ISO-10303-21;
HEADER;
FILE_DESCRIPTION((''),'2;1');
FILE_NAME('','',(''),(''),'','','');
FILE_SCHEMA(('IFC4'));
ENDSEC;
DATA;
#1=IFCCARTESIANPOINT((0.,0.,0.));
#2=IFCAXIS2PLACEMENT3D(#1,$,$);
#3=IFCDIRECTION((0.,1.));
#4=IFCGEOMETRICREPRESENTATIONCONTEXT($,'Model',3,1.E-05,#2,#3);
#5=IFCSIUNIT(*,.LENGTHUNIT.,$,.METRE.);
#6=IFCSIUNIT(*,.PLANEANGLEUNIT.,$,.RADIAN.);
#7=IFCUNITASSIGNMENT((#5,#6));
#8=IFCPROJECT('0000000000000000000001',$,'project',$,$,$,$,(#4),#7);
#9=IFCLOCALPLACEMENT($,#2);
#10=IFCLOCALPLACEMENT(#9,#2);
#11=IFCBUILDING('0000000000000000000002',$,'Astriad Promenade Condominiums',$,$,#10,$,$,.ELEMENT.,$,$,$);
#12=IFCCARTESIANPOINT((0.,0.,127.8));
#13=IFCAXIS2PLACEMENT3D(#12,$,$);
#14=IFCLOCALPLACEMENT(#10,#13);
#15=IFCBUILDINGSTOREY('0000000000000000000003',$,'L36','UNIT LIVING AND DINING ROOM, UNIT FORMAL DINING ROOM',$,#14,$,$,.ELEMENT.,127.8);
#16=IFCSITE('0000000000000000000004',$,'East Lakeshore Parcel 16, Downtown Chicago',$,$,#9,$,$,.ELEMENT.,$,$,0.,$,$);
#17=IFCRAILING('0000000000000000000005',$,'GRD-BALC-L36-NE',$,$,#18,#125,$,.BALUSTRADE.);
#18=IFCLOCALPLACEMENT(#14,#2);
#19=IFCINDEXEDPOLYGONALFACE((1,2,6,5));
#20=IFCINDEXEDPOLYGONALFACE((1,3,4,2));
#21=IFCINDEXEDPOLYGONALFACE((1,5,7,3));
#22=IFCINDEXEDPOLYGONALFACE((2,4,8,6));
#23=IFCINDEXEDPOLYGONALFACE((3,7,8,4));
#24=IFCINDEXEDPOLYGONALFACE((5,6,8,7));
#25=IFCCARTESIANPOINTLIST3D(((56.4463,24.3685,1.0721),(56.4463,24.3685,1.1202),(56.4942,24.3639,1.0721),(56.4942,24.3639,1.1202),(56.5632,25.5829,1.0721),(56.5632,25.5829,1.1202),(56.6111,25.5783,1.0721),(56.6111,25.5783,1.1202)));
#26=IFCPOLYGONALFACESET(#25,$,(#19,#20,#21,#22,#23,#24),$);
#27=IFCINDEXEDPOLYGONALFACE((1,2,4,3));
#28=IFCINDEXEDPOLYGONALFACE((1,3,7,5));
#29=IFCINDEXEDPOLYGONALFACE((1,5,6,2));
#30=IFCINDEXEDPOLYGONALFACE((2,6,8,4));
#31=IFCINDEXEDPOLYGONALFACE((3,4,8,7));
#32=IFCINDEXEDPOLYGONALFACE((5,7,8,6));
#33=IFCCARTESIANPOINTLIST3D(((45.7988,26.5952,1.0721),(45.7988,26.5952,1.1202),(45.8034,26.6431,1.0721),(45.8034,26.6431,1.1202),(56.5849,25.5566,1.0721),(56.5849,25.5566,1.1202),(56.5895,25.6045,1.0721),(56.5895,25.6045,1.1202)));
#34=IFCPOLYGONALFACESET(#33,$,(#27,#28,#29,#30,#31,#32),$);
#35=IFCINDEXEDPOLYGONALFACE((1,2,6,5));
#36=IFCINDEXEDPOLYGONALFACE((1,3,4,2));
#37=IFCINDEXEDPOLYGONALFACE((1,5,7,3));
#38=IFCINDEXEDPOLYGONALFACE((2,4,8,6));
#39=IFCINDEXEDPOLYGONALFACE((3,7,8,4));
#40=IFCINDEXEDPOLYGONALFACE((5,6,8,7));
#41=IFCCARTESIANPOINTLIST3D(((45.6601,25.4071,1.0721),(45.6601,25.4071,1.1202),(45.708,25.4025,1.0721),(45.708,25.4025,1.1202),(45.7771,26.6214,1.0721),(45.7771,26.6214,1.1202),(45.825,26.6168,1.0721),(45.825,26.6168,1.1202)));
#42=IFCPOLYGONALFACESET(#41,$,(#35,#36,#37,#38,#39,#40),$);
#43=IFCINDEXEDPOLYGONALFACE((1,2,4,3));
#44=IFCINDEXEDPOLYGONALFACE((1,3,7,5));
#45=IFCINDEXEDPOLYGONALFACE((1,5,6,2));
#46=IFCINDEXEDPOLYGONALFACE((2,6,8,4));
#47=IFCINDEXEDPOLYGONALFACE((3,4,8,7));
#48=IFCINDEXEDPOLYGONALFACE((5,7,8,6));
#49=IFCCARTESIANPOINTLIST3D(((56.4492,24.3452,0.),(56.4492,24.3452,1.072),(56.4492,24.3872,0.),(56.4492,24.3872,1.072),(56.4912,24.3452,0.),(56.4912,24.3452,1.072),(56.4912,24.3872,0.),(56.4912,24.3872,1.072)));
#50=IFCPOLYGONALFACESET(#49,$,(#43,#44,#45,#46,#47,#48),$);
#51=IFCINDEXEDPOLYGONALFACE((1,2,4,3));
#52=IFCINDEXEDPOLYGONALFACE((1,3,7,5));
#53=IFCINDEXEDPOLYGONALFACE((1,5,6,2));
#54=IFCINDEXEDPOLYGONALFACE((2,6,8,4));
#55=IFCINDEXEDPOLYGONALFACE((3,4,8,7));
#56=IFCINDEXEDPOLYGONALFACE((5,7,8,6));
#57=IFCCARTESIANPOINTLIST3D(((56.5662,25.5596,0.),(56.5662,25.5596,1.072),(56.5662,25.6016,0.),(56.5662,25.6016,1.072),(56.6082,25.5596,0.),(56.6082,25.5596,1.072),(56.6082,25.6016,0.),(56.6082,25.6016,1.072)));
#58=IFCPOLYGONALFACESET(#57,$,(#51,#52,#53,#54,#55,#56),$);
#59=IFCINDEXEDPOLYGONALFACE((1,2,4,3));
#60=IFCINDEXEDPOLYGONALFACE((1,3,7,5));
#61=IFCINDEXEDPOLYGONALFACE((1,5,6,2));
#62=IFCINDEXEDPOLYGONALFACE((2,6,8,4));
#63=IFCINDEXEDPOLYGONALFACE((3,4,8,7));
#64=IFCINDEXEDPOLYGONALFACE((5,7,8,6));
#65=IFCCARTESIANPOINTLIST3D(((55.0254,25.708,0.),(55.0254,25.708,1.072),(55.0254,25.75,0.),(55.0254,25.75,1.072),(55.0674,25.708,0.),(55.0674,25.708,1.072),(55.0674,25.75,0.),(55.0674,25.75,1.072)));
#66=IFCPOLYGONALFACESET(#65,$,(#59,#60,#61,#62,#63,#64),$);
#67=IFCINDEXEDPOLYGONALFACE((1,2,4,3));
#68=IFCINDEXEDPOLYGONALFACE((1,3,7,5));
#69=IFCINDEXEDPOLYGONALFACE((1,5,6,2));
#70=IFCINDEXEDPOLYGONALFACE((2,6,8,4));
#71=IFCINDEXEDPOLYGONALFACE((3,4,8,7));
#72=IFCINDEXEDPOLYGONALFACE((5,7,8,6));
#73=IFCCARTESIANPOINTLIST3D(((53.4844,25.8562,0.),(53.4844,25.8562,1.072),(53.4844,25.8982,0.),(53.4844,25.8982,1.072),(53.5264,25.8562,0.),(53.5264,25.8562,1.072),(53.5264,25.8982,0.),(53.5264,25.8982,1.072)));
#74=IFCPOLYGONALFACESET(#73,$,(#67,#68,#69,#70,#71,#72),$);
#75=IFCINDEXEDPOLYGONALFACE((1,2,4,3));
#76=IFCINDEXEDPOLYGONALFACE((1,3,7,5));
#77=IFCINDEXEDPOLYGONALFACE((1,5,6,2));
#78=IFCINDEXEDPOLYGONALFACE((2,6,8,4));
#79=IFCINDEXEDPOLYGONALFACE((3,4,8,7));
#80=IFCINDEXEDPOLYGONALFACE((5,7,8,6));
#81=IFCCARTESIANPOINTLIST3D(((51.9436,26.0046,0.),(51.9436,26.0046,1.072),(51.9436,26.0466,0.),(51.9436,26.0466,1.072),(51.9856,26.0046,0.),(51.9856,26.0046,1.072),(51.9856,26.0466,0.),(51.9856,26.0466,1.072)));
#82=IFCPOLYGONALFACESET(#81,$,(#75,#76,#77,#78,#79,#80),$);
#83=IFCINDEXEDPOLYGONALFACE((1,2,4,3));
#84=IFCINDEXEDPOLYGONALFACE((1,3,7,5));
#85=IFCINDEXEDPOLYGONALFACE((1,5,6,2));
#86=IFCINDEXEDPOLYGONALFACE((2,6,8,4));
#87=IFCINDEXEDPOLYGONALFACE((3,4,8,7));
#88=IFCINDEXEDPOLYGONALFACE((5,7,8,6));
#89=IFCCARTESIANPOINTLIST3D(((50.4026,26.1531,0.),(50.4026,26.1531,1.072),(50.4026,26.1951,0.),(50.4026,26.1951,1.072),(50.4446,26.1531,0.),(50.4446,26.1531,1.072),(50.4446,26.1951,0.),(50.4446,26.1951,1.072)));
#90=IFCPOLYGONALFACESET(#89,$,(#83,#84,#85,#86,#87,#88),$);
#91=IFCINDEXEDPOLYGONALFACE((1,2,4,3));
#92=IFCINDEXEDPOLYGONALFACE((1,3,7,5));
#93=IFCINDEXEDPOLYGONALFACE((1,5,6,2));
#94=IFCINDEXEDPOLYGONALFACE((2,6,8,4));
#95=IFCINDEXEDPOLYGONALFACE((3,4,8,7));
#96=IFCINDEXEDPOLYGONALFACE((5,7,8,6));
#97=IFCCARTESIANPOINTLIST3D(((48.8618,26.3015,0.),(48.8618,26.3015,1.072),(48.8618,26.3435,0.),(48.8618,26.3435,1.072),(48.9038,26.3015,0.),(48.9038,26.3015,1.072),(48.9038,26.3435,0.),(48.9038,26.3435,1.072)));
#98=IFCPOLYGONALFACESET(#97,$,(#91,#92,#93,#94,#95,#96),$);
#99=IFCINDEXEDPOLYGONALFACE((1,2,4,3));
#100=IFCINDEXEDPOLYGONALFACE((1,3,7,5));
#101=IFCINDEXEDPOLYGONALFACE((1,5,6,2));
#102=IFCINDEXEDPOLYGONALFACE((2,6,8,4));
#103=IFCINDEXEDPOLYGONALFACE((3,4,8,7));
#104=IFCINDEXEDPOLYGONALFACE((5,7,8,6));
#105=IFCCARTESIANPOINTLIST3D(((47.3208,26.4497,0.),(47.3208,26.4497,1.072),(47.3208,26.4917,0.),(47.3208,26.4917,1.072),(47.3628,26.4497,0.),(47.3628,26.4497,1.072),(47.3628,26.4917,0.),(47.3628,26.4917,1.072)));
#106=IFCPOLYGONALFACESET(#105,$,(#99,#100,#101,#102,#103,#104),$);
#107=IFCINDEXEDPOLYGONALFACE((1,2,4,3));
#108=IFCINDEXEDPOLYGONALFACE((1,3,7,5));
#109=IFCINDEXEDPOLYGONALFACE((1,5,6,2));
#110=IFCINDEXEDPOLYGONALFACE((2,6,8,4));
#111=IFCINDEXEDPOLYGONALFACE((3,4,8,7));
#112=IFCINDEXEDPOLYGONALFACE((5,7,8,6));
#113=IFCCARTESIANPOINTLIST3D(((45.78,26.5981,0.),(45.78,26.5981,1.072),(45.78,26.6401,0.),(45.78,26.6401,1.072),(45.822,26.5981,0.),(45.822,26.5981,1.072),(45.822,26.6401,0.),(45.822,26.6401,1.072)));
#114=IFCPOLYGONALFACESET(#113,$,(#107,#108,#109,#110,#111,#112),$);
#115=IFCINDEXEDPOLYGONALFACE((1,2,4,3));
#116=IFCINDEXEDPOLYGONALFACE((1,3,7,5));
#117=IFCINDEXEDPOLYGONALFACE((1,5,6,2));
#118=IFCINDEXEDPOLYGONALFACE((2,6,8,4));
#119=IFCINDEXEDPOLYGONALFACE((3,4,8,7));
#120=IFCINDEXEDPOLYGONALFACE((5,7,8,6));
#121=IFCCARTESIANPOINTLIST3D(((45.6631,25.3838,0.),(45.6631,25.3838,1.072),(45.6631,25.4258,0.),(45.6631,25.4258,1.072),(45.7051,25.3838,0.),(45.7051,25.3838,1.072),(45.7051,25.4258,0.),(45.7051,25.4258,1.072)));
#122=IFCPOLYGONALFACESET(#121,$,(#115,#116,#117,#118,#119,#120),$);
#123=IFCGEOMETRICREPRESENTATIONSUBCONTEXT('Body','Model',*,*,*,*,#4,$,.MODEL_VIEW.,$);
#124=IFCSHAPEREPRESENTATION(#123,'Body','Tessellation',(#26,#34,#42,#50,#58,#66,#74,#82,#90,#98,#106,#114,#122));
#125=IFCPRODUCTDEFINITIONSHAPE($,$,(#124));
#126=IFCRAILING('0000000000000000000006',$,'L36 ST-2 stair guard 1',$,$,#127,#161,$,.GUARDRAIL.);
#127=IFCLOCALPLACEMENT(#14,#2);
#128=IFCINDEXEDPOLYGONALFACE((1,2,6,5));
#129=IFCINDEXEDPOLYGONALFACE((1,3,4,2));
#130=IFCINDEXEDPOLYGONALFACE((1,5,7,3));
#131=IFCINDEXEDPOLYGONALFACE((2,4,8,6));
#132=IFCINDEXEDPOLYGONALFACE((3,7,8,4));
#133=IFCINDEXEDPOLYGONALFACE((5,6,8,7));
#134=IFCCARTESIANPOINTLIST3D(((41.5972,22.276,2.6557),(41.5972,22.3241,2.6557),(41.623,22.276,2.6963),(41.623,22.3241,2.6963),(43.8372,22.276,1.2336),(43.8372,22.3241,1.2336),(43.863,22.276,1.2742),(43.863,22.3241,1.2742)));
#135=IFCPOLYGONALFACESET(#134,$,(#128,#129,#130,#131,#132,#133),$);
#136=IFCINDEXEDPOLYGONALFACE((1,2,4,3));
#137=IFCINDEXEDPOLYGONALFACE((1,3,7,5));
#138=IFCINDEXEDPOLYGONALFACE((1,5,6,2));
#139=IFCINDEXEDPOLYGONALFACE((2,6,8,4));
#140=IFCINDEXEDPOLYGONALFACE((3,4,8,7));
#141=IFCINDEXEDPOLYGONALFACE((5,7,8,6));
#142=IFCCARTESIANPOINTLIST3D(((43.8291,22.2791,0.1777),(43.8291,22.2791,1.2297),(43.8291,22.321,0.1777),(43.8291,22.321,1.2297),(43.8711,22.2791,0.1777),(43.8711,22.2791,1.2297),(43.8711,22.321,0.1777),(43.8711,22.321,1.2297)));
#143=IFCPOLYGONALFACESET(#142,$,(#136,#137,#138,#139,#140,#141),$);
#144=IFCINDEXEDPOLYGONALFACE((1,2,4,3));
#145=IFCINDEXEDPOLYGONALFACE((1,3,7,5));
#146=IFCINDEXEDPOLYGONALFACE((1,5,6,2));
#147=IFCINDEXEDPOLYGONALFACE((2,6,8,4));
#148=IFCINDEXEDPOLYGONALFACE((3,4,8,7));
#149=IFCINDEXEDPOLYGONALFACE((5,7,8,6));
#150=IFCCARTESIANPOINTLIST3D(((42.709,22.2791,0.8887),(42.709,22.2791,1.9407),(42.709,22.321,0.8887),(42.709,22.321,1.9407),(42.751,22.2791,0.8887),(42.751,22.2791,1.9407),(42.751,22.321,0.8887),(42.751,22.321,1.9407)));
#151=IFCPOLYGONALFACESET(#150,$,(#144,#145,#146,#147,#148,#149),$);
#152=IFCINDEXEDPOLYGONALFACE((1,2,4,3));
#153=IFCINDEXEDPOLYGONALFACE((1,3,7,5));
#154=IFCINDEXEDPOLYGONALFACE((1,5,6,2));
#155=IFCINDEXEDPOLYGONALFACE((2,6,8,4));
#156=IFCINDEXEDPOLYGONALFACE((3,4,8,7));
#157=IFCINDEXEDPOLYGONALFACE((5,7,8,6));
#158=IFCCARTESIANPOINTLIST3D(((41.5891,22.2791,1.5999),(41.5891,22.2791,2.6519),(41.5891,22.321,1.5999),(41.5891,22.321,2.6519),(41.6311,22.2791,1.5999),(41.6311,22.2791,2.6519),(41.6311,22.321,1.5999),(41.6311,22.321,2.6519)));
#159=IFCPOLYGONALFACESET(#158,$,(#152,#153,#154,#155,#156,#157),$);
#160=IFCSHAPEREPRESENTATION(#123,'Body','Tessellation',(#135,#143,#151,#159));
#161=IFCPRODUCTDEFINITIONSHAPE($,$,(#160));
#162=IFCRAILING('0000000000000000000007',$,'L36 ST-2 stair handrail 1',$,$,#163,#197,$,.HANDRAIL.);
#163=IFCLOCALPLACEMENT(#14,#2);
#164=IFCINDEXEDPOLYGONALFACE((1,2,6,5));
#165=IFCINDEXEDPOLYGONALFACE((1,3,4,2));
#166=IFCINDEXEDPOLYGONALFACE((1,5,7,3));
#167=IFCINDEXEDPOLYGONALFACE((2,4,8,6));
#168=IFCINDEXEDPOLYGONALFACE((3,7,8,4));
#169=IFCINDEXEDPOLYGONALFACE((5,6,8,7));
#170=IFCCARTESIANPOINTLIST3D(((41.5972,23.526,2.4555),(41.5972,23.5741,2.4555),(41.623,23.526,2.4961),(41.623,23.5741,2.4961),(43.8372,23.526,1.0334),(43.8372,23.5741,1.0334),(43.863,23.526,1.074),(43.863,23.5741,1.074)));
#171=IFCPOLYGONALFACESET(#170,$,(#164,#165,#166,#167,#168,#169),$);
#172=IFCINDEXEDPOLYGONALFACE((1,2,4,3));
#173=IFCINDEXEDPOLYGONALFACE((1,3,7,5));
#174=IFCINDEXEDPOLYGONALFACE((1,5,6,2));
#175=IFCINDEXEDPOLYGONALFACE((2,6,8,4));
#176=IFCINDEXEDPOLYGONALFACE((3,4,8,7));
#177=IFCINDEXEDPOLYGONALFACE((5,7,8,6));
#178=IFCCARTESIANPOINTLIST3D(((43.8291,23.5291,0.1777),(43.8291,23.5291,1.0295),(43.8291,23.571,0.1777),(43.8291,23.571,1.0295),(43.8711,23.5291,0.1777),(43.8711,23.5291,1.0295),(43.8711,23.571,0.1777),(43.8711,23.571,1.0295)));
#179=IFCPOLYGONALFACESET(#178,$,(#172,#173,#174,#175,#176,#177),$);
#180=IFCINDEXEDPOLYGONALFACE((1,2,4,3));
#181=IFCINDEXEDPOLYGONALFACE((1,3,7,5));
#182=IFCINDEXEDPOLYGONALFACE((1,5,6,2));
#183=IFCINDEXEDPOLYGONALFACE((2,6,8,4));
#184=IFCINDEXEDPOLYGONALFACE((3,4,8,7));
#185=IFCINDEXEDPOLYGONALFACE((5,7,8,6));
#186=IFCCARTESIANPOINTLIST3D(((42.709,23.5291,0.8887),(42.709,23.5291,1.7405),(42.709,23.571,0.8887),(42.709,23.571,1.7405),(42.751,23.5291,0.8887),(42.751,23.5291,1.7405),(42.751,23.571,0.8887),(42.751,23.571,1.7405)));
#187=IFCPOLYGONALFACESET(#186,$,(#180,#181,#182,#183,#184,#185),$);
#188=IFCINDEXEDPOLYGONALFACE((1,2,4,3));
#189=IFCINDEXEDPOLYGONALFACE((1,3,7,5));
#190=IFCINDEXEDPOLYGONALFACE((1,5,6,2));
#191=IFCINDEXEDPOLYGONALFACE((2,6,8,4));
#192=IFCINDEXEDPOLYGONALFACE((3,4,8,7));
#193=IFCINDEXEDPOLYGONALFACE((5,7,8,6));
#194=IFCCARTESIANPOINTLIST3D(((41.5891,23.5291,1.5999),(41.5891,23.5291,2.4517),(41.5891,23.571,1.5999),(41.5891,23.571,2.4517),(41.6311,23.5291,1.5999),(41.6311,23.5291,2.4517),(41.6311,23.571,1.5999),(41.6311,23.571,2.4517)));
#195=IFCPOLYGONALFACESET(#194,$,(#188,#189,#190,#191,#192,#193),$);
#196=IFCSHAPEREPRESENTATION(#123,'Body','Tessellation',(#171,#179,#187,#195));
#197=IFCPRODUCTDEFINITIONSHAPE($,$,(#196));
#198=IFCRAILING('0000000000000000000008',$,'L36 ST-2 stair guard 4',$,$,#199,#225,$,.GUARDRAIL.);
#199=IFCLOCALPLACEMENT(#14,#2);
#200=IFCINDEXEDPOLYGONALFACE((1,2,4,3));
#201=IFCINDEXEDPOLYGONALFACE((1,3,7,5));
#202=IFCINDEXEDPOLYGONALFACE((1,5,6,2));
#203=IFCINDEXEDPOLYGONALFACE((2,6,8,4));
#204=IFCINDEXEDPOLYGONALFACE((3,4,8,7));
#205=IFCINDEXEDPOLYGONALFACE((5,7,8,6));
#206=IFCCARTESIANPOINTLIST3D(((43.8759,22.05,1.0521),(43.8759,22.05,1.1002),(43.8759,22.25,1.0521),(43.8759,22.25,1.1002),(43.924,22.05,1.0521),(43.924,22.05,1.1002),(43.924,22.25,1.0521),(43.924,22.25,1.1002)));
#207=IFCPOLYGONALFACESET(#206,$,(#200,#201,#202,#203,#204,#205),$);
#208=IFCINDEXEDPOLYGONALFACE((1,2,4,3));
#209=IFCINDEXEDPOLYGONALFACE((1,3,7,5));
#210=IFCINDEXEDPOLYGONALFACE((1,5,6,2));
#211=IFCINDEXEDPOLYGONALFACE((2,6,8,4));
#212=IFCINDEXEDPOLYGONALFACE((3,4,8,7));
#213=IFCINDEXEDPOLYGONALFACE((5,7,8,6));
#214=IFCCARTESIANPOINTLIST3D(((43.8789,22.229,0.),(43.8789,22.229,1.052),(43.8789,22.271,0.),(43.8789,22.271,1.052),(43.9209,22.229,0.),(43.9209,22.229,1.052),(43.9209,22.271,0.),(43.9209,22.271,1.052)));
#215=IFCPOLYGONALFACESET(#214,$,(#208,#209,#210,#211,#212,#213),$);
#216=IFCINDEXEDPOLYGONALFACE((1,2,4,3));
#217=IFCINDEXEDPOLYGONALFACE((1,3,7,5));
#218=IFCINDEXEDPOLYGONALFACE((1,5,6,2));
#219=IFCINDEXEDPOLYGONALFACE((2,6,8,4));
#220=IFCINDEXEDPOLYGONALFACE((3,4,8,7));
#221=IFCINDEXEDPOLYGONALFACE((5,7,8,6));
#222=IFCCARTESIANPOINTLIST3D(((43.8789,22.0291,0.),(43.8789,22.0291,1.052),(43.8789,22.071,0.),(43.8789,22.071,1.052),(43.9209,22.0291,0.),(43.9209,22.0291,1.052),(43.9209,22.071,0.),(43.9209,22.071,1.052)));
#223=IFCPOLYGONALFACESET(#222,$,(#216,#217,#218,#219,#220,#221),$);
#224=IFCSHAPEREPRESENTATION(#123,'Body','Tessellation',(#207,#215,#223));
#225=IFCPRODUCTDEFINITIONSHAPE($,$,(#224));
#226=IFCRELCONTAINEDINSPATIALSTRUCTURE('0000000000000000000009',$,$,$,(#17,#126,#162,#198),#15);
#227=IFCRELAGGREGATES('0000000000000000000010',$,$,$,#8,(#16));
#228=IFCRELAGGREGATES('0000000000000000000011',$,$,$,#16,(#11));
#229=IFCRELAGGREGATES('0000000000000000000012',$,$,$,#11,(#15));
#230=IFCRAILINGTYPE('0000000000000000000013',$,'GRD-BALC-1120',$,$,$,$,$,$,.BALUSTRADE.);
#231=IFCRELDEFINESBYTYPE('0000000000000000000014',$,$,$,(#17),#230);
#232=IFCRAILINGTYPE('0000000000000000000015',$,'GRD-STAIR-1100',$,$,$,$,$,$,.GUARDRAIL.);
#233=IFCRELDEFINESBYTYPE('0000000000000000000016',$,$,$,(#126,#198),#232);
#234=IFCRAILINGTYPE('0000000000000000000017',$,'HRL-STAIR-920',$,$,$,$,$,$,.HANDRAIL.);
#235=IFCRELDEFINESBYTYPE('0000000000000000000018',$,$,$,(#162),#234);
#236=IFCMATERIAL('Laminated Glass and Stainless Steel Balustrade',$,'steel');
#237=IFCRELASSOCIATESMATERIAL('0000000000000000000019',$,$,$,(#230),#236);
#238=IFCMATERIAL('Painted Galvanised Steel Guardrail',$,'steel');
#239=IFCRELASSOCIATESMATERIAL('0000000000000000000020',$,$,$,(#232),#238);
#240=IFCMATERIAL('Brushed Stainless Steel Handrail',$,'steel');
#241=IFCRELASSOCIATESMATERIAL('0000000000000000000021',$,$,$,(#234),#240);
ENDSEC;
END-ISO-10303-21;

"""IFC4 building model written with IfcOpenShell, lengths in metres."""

from ifc_helpers import new_model, si_unit, direction, frame, origin, origin_2d, place, context, subcontext, project, spatial, rectangle, extrude, source, transform, mapped, material, type_object, type_shapes, element, save


model = new_model("IFC4")

# Units and contexts
model_context = context("Model", 3, precision=1e-05, world=origin(), true_north=direction((0.0, 1.0)))
body_context = subcontext(model_context, "Body", "Model", "MODEL_VIEW")
ifc_project = project(units=[si_unit("LENGTHUNIT", "METRE"), si_unit("PLANEANGLEUNIT", "RADIAN")], contexts=[model_context])

# Site, building, storey
site_placement = place(None, origin())
site = spatial("IfcSite", under=ifc_project, at=site_placement, Name="East Lakeshore Parcel 16, Downtown Chicago", CompositionType="ELEMENT", RefElevation=0.0)
building_placement = place(site_placement, origin())
building = spatial("IfcBuilding", under=site, at=building_placement, Name="Astriad Promenade Condominiums", CompositionType="ELEMENT")
storey_placement = place(building_placement, frame((0.0, 0.0, 127.8)))
storey = spatial("IfcBuildingStorey", under=building, at=storey_placement, Name="L36", Description="UNIT LIVING AND DINING ROOM, UNIT FORMAL DINING ROOM", CompositionType="ELEMENT", Elevation=127.8)

# Railings
ifc_material_1 = material(Name="Laminated Glass and Stainless Steel Balustrade", Category="steel")
railing_type_1 = type_object("IfcRailingType", Name="GRD-BALC-1120", PredefinedType="BALUSTRADE", material=ifc_material_1)
shared_shape_1 = source(origin(), body_context, "Body", "SweptSolid", [
    extrude(rectangle(XDim=0.0481, YDim=0.0481, at=origin_2d()), frame((0.0, 0.0, 1.0962), z_axis=(0.095857, 0.995395, 0.0), x_axis=(-0.995395, 0.095857, 0.0)), (0.0, 0.0, 1.0), 1.22),
    extrude(rectangle(XDim=0.0481, YDim=0.0481, at=origin_2d()), frame((0.1169, 1.2144, 1.0962), z_axis=(-0.995396, 0.095845, 0.0), x_axis=(-0.095845, -0.995396, 0.0)), (0.0, 0.0, 1.0), 10.8359),
    extrude(rectangle(XDim=0.0481, YDim=0.0481, at=origin_2d()), frame((-10.6692, 2.2529, 1.0962), z_axis=(-0.095857, -0.995395, 0.0), x_axis=(0.995395, -0.095857, 0.0)), (0.0, 0.0, 1.0), 1.22),
    extrude(rectangle(XDim=0.042, YDim=0.042, at=origin_2d()), origin(), (0.0, 0.0, 1.0), 1.072),
    extrude(rectangle(XDim=0.042, YDim=0.042, at=origin_2d()), frame((0.1169, 1.2144, 0.0)), (0.0, 0.0, 1.0), 1.072),
    extrude(rectangle(XDim=0.042, YDim=0.042, at=origin_2d()), frame((-1.4238, 1.3628, 0.0)), (0.0, 0.0, 1.0), 1.072),
    extrude(rectangle(XDim=0.042, YDim=0.042, at=origin_2d()), frame((-2.9648, 1.511, 0.0)), (0.0, 0.0, 1.0), 1.072),
    extrude(rectangle(XDim=0.042, YDim=0.042, at=origin_2d()), frame((-4.5056, 1.6594, 0.0)), (0.0, 0.0, 1.0), 1.072),
    extrude(rectangle(XDim=0.042, YDim=0.042, at=origin_2d()), frame((-6.0466, 1.8079, 0.0)), (0.0, 0.0, 1.0), 1.072),
    extrude(rectangle(XDim=0.042, YDim=0.042, at=origin_2d()), frame((-7.5874, 1.9563, 0.0)), (0.0, 0.0, 1.0), 1.072),
    extrude(rectangle(XDim=0.042, YDim=0.042, at=origin_2d()), frame((-9.1284, 2.1045, 0.0)), (0.0, 0.0, 1.0), 1.072),
    extrude(rectangle(XDim=0.042, YDim=0.042, at=origin_2d()), frame((-10.6692, 2.2529, 0.0)), (0.0, 0.0, 1.0), 1.072),
    extrude(rectangle(XDim=0.042, YDim=0.042, at=origin_2d()), frame((-10.7861, 1.0386, 0.0)), (0.0, 0.0, 1.0), 1.072),
])
type_shapes(railing_type_1, [shared_shape_1])
railing_1_placement = place(storey_placement, frame((56.4702, 24.3662, 0.0)))
element("IfcRailing", 1, at=railing_1_placement, inside=storey, type_object=railing_type_1, Name="GRD-BALC-L36-NE", PredefinedType="BALUSTRADE", context=body_context, shape_type="MappedRepresentation", body=[
    mapped(shared_shape_1, transform((0.0, 0.0, 0.0), scale=1.0)),
])
ifc_material_2 = material(Name="Painted Galvanised Steel Guardrail", Category="steel")
railing_type_2 = type_object("IfcRailingType", Name="GRD-STAIR-1100", PredefinedType="GUARDRAIL", material=ifc_material_2)
shared_shape_2 = source(origin(), body_context, "Body", "SweptSolid", [
    extrude(rectangle(XDim=0.0481, YDim=0.0481, at=origin_2d()), frame((0.0, 0.0, 1.0762), z_axis=(-0.844229, 0.0, 0.535982), x_axis=(0.0, -1.0, 0.0)), (0.0, 0.0, 1.0), 2.6533),
    extrude(rectangle(XDim=0.042, YDim=0.042, at=origin_2d()), origin(), (0.0, 0.0, 1.0), 1.052),
    extrude(rectangle(XDim=0.042, YDim=0.042, at=origin_2d()), frame((-1.1201, 0.0, 0.7109)), (0.0, 0.0, 1.0), 1.052),
    extrude(rectangle(XDim=0.042, YDim=0.042, at=origin_2d()), frame((-2.24, 0.0, 1.4221)), (0.0, 0.0, 1.0), 1.052),
])
railing_2_placement = place(storey_placement, frame((43.8501, 22.3, 0.1777)))
element("IfcRailing", 2, at=railing_2_placement, inside=storey, type_object=railing_type_2, Name="L36 ST-2 stair guard 1", PredefinedType="GUARDRAIL", context=body_context, shape_type="MappedRepresentation", body=[
    mapped(shared_shape_2, transform((0.0, 0.0, 0.0), scale=1.0)),
])
ifc_material_3 = material(Name="Brushed Stainless Steel Handrail", Category="steel")
railing_type_3 = type_object("IfcRailingType", Name="HRL-STAIR-920", PredefinedType="HANDRAIL", material=ifc_material_3)
shared_shape_3 = source(origin(), body_context, "Body", "SweptSolid", [
    extrude(rectangle(XDim=0.0481, YDim=0.0481, at=origin_2d()), frame((0.0, 0.0, 0.876), z_axis=(-0.844229, 0.0, 0.535982), x_axis=(0.0, -1.0, 0.0)), (0.0, 0.0, 1.0), 2.6533),
    extrude(rectangle(XDim=0.042, YDim=0.042, at=origin_2d()), origin(), (0.0, 0.0, 1.0), 0.8518),
    extrude(rectangle(XDim=0.042, YDim=0.042, at=origin_2d()), frame((-1.1201, 0.0, 0.7109)), (0.0, 0.0, 1.0), 0.8518),
    extrude(rectangle(XDim=0.042, YDim=0.042, at=origin_2d()), frame((-2.24, 0.0, 1.4221)), (0.0, 0.0, 1.0), 0.8518),
])
type_shapes(railing_type_3, [shared_shape_3])
railing_3_placement = place(storey_placement, frame((43.8501, 23.55, 0.1777)))
element("IfcRailing", 3, at=railing_3_placement, inside=storey, type_object=railing_type_3, Name="L36 ST-2 stair handrail 1", PredefinedType="HANDRAIL", context=body_context, shape_type="MappedRepresentation", body=[
    mapped(shared_shape_3, transform((0.0, 0.0, 0.0), scale=1.0)),
])
shared_shape_4 = source(origin(), body_context, "Body", "SweptSolid", [
    extrude(rectangle(XDim=0.0481, YDim=0.0481, at=origin_2d()), frame((0.0, 0.0, 1.0762), z_axis=(0.0, -1.0, 0.0), x_axis=(1.0, 0.0, 0.0)), (0.0, 0.0, 1.0), 0.2),
    extrude(rectangle(XDim=0.042, YDim=0.042, at=origin_2d()), origin(), (0.0, 0.0, 1.0), 1.052),
    extrude(rectangle(XDim=0.042, YDim=0.042, at=origin_2d()), frame((0.0, -0.2, 0.0)), (0.0, 0.0, 1.0), 1.052),
])
type_shapes(railing_type_2, [shared_shape_2, shared_shape_4])
railing_4_placement = place(storey_placement, frame((43.8999, 22.25, 0.0)))
element("IfcRailing", 4, at=railing_4_placement, inside=storey, type_object=railing_type_2, Name="L36 ST-2 stair guard 4", PredefinedType="GUARDRAIL", context=body_context, shape_type="MappedRepresentation", body=[
    mapped(shared_shape_4, transform((0.0, 0.0, 0.0), scale=1.0)),
])

save(model, "model.ifc")
